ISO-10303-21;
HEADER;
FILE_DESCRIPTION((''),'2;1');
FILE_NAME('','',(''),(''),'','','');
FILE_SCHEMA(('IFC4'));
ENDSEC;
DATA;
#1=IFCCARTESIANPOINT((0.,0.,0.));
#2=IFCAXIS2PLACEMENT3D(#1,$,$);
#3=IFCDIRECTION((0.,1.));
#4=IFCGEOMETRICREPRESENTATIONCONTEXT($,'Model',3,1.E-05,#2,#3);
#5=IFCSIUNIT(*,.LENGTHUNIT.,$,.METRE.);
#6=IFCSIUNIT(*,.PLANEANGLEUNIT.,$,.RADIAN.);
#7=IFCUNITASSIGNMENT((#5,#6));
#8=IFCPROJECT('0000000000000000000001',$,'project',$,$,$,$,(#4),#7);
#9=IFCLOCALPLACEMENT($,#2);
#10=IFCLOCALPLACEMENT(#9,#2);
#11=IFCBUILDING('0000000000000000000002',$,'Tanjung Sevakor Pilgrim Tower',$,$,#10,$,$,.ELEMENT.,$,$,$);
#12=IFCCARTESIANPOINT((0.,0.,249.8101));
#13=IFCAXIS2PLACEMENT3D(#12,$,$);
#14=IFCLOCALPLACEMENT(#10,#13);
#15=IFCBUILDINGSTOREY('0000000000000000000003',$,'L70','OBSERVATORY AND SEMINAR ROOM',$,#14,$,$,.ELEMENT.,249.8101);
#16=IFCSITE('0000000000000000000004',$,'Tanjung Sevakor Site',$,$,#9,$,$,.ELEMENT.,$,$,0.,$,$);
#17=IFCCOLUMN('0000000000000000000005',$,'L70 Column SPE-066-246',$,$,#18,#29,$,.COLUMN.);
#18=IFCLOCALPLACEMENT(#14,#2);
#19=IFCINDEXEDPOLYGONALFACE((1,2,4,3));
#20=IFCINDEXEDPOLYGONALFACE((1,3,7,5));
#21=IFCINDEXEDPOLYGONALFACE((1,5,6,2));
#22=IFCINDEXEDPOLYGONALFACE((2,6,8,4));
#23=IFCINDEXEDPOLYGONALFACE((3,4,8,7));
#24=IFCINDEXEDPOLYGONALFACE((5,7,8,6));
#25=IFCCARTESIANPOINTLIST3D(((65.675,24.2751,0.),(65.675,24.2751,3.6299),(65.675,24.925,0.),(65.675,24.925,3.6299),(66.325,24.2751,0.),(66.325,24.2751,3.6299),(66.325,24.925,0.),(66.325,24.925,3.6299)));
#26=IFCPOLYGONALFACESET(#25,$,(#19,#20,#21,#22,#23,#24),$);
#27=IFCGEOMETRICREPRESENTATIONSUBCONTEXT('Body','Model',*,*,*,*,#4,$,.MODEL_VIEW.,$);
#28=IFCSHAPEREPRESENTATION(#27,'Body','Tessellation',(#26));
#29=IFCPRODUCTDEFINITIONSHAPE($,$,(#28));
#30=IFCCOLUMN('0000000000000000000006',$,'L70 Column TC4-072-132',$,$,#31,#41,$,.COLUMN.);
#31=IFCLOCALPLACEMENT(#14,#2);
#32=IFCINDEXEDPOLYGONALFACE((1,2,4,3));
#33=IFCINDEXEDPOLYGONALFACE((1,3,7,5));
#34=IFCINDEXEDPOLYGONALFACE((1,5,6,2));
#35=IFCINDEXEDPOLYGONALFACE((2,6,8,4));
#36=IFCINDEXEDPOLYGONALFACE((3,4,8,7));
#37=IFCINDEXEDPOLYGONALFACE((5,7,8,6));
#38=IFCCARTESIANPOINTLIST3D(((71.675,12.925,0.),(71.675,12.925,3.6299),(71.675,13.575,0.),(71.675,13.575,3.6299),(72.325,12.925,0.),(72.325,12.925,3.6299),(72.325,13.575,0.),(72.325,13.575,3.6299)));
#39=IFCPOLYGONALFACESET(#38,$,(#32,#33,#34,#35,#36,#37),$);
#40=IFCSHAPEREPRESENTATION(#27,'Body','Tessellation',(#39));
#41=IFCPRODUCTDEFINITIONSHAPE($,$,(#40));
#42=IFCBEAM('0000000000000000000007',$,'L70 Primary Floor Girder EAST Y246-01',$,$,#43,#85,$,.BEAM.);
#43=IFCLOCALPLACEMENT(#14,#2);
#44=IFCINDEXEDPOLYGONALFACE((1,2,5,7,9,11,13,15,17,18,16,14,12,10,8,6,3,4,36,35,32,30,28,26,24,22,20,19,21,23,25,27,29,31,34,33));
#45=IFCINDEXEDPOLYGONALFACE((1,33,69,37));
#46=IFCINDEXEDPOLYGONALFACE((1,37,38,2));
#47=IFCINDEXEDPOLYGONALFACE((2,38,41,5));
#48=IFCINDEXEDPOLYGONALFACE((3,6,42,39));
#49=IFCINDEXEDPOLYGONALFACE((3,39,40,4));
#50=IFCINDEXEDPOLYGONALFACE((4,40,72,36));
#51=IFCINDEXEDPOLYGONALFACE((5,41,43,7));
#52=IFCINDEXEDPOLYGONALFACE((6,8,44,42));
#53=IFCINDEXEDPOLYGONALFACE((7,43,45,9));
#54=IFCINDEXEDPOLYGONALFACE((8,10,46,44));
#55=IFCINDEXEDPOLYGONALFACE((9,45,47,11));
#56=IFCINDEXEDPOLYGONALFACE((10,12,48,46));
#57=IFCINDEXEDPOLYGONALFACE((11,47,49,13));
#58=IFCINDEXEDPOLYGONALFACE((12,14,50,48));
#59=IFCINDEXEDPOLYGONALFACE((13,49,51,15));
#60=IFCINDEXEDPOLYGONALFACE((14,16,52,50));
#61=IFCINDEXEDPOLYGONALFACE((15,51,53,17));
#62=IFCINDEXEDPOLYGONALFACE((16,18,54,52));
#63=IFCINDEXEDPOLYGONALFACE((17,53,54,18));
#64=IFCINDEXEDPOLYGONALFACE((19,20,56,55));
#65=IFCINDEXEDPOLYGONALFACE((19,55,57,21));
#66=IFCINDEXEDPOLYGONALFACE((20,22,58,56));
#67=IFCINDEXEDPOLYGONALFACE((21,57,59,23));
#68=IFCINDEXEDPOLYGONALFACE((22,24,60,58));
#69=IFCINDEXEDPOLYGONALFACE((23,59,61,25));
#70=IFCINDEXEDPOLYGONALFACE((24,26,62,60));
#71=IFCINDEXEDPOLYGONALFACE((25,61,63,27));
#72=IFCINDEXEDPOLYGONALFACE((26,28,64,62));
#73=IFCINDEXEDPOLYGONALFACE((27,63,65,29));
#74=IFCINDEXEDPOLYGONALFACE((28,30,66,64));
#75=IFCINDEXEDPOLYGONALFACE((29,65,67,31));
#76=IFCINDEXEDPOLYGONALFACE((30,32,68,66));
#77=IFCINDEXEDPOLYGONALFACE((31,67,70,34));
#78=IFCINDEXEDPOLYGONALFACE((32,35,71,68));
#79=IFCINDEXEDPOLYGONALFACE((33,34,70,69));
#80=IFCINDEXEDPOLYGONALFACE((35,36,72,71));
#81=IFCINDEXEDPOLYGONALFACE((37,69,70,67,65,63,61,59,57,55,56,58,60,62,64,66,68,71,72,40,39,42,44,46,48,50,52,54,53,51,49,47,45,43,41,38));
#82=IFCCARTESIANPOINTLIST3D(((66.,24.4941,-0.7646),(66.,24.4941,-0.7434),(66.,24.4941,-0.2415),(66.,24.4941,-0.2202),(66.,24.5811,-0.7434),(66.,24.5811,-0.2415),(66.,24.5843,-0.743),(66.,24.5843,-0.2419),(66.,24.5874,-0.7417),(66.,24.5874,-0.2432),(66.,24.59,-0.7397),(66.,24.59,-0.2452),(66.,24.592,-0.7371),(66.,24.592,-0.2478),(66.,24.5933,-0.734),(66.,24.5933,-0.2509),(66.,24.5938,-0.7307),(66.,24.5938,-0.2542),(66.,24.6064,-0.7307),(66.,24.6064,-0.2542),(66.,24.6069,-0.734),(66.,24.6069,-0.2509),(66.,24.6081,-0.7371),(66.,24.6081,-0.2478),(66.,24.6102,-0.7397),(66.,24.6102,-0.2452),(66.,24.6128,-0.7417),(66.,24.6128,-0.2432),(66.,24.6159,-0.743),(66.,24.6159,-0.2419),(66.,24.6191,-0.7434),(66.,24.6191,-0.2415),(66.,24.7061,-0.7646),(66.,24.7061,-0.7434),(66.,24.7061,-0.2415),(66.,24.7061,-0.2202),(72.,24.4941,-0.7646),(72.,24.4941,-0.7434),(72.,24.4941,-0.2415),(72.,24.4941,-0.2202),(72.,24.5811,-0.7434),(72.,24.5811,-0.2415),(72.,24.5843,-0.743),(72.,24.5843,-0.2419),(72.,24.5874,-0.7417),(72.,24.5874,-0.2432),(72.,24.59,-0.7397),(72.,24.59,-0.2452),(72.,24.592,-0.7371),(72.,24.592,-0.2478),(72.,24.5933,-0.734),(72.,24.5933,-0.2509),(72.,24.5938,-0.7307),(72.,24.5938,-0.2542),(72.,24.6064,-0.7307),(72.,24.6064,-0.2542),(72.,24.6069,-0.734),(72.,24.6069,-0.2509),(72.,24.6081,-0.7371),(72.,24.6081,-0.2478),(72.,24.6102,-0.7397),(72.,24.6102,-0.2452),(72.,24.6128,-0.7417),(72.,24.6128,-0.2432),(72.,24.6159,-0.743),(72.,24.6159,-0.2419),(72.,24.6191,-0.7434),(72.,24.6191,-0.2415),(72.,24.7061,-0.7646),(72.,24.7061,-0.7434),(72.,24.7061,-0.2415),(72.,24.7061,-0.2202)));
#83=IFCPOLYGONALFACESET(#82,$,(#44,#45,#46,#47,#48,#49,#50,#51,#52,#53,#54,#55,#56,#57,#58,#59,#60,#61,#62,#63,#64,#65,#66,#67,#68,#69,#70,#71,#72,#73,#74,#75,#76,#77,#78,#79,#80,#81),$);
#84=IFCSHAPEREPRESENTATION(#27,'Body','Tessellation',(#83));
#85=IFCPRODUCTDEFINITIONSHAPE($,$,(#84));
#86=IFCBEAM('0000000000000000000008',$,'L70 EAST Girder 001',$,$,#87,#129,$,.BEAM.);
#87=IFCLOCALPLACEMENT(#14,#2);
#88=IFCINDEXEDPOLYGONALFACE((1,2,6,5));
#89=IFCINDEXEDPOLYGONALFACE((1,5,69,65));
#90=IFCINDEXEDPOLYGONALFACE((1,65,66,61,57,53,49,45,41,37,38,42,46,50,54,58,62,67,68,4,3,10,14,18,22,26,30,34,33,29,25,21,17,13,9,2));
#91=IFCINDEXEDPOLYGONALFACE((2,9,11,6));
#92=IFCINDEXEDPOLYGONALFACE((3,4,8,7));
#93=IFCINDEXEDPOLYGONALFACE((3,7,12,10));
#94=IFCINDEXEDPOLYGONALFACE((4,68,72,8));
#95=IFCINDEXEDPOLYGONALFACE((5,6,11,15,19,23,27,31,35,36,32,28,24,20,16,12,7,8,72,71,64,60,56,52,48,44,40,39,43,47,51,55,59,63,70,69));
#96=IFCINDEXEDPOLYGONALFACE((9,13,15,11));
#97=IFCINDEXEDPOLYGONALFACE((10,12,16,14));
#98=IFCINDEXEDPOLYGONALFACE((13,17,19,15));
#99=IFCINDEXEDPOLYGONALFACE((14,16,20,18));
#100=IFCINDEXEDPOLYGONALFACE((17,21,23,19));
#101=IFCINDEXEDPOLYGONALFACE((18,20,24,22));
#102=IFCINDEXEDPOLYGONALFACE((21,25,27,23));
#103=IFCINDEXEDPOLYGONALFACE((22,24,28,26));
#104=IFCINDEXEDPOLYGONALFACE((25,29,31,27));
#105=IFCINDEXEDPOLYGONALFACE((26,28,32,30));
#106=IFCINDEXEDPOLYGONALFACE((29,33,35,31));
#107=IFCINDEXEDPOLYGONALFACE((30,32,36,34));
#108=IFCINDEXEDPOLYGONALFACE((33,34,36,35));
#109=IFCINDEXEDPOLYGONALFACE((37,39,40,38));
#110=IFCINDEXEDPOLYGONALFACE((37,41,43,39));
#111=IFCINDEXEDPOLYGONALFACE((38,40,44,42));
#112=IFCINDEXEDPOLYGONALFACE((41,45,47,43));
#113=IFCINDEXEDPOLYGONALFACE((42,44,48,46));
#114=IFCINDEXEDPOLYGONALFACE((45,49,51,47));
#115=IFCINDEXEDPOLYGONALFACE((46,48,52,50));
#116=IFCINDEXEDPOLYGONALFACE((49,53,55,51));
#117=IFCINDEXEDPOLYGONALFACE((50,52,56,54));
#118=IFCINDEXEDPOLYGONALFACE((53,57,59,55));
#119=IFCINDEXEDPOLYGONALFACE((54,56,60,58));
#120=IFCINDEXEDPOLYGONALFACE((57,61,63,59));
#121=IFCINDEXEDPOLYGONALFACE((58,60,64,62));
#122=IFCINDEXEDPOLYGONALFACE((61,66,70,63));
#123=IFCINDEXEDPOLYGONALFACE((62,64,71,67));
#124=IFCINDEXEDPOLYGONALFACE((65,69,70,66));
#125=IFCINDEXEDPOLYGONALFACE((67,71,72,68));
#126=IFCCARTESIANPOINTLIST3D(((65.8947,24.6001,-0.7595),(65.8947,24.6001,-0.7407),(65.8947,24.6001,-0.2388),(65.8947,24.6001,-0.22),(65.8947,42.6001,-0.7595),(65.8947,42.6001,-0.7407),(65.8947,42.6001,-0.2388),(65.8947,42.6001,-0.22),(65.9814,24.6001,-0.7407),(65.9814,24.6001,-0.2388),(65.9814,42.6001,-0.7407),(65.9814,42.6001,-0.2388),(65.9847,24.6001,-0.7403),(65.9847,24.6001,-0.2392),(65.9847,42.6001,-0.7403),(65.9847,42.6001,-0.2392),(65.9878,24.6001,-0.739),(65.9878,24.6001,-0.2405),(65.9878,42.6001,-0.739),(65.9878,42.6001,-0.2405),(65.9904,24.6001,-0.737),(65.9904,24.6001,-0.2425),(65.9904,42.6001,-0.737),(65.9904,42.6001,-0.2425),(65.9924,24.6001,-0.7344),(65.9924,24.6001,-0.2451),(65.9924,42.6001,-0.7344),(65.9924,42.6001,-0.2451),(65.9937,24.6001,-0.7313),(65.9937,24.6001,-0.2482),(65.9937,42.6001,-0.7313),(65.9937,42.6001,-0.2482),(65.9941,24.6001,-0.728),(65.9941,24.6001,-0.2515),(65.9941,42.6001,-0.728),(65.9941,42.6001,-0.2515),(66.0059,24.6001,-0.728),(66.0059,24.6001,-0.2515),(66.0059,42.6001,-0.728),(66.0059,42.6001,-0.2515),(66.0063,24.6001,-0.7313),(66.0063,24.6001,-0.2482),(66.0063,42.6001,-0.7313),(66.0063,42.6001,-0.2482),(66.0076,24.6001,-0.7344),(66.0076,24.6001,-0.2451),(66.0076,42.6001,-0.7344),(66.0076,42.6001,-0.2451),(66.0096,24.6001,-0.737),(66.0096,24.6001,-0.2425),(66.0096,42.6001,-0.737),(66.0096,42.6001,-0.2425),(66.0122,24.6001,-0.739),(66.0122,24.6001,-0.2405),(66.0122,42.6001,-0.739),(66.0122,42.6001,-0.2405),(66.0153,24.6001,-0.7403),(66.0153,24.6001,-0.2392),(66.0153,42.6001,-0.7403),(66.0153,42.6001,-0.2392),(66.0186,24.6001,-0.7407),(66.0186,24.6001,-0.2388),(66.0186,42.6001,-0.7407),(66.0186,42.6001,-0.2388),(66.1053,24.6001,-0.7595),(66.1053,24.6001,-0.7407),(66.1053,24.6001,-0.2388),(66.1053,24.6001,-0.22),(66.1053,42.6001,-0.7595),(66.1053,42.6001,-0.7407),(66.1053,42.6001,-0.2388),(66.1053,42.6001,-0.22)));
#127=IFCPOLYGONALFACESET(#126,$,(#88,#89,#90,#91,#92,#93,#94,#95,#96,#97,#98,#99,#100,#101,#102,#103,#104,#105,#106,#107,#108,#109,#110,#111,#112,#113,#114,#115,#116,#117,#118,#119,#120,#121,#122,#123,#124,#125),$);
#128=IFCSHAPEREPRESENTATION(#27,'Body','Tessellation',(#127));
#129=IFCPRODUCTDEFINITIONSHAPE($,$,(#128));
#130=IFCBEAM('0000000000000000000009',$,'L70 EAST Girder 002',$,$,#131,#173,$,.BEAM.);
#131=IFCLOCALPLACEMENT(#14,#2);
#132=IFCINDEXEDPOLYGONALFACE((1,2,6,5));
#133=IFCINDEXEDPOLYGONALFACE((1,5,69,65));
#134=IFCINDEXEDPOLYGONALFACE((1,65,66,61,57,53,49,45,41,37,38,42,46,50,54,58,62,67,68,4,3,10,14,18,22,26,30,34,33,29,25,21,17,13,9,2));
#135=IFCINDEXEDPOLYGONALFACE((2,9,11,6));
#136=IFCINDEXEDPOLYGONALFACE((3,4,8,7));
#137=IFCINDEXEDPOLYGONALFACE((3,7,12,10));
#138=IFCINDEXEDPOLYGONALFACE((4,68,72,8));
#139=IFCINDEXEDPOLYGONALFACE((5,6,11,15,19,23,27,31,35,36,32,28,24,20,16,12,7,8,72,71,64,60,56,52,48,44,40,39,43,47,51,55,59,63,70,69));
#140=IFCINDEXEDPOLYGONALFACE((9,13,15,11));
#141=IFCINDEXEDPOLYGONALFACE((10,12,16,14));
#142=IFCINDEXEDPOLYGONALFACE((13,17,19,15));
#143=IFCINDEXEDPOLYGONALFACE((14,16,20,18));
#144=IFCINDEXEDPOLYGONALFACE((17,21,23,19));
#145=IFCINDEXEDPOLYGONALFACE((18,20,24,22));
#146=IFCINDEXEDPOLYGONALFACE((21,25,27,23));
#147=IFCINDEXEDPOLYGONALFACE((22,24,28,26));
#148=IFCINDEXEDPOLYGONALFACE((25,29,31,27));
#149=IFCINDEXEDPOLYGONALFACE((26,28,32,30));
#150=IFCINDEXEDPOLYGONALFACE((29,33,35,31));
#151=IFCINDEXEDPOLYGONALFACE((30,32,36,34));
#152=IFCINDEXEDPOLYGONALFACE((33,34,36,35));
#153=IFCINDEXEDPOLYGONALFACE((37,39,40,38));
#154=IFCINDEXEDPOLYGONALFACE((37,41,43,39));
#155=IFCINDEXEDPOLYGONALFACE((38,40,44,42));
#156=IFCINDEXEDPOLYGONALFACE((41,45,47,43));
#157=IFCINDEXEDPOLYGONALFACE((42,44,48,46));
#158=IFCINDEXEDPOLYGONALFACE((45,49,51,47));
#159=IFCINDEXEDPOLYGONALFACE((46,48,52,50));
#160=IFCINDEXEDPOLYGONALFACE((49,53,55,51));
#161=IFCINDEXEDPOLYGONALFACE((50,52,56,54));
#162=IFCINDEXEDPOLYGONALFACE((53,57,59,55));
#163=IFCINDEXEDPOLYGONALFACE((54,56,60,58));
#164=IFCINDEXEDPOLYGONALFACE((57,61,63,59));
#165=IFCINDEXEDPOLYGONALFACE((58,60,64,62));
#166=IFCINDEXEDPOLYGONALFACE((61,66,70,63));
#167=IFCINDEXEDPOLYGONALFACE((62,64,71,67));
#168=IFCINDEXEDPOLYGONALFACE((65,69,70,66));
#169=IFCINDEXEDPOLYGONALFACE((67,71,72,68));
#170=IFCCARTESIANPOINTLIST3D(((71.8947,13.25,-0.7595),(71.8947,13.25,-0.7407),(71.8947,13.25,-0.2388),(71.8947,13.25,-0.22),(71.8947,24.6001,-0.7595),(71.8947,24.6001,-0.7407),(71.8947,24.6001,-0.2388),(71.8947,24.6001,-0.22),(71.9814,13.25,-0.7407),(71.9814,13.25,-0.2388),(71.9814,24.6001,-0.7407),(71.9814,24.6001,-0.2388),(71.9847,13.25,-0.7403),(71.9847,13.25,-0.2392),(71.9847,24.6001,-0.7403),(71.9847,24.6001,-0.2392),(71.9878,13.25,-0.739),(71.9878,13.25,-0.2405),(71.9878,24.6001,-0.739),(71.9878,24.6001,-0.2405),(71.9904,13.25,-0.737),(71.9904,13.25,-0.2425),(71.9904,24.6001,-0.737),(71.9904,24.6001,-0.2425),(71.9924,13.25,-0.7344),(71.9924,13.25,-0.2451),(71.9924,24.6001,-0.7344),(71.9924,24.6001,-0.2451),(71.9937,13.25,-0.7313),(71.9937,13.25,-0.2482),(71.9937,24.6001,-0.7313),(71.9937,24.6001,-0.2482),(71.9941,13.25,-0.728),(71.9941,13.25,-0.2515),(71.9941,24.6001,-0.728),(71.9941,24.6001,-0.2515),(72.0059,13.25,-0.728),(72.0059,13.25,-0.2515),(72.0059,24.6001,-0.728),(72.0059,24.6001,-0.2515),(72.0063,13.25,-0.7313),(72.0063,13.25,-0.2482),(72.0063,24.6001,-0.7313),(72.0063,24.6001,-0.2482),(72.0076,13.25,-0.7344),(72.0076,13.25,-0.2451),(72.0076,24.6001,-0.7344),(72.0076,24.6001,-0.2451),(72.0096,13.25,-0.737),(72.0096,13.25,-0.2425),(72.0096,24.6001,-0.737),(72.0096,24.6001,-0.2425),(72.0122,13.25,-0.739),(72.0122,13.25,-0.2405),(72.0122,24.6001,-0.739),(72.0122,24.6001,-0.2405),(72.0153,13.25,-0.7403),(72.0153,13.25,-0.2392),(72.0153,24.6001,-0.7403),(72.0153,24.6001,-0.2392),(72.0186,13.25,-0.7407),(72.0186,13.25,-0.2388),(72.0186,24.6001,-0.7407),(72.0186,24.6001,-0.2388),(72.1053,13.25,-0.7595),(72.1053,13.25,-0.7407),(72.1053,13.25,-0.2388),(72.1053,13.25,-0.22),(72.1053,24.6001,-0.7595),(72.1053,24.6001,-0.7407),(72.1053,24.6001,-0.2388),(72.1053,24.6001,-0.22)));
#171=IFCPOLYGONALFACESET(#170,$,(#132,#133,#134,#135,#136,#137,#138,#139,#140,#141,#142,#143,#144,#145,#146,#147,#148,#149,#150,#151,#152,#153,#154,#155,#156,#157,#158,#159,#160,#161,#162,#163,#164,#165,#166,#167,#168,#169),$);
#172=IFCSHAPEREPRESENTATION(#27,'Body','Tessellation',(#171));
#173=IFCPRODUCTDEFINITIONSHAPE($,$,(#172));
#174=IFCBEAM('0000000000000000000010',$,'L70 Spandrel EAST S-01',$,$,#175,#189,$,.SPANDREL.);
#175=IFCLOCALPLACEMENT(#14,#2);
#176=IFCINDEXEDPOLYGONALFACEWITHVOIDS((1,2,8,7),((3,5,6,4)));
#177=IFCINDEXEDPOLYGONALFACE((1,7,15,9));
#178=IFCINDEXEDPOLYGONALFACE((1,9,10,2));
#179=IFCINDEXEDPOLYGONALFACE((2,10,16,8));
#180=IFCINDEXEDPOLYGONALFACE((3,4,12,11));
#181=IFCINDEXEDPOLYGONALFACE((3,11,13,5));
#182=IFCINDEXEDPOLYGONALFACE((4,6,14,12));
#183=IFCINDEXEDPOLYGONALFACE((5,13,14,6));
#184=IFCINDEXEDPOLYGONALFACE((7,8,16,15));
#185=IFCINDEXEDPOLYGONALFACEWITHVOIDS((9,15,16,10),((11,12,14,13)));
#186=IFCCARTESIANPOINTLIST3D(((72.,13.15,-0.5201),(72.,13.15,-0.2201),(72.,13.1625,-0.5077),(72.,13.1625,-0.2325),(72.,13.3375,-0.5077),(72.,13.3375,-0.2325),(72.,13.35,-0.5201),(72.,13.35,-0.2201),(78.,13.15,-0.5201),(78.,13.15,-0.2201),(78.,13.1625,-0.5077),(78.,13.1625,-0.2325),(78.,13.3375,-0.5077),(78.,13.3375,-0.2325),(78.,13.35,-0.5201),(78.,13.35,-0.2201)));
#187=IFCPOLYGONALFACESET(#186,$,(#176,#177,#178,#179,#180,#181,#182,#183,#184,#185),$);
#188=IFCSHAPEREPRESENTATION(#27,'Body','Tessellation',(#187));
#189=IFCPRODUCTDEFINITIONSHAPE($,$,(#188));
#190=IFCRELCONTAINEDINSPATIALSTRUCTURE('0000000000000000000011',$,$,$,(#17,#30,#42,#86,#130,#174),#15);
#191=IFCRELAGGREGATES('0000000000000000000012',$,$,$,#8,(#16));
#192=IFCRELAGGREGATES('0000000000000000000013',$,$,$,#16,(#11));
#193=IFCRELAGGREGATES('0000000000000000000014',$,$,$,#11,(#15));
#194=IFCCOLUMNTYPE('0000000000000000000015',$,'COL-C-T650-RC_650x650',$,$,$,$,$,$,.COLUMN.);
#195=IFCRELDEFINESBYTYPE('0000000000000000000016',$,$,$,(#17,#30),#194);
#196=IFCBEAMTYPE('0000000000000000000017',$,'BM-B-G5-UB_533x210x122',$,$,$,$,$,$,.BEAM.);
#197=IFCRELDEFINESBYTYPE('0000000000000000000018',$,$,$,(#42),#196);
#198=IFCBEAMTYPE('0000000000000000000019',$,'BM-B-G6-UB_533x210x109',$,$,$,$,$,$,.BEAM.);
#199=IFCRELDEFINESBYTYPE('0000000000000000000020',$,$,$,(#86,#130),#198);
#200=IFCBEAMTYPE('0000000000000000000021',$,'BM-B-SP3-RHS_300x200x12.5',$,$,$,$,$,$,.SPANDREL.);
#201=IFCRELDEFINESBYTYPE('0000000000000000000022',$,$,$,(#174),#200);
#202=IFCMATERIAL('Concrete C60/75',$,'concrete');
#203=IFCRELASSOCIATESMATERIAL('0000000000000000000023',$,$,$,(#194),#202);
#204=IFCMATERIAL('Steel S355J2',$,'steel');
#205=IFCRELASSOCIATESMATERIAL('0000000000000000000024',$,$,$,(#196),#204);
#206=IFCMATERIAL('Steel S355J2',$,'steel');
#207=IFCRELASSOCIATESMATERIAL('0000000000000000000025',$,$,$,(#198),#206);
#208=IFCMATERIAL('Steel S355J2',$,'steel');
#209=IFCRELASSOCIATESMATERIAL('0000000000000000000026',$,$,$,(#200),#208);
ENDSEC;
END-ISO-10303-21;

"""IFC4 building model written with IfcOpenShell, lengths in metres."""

from ifc_helpers import new_model, si_unit, direction, frame, origin, origin_2d, place, context, subcontext, project, spatial, rectangle, hollow_rectangle, i_section, extrude, material, material_profile, profile_set, type_object, element, save


model = new_model("IFC4")

# Units and contexts
model_context = context("Model", 3, precision=1e-05, world=origin(), true_north=direction((0.0, 1.0)))
body_context = subcontext(model_context, "Body", "Model", "MODEL_VIEW")
ifc_project = project(units=[si_unit("LENGTHUNIT", "METRE"), si_unit("PLANEANGLEUNIT", "RADIAN")], contexts=[model_context])

# Site, building, storey
site_placement = place(None, origin())
site = spatial("IfcSite", under=ifc_project, at=site_placement, Name="Tanjung Sevakor Site", CompositionType="ELEMENT", RefElevation=0.0)
building_placement = place(site_placement, origin())
building = spatial("IfcBuilding", under=site, at=building_placement, Name="Tanjung Sevakor Pilgrim Tower", CompositionType="ELEMENT")
storey_placement = place(building_placement, frame((0.0, 0.0, 249.8101)))
storey = spatial("IfcBuildingStorey", under=building, at=storey_placement, Name="L70", Description="OBSERVATORY AND SEMINAR ROOM", CompositionType="ELEMENT", Elevation=249.8101)

# Columns
ifc_material_1 = material(Name="Concrete C60/75", Category="concrete")
ifc_material_profile_1 = material_profile(ifc_material_1, rectangle(XDim=0.6499, YDim=0.6499, at=origin_2d()))
ifc_profile_set_1 = profile_set([ifc_material_profile_1], Name="Concrete C60/75")
column_type = type_object("IfcColumnType", Name="COL-C-T650-RC_650x650", PredefinedType="COLUMN", material=ifc_profile_set_1)
for number, where, z_axis, x_axis, name in (
    (1, (66.0, 24.6001, 0.0), (0.0, 0.0, 1.0), (1.0, 0.0, 0.0), "L70 Column SPE-066-246"),
    (2, (72.0, 13.25, 0.0), (0.0, 0.0, 1.0), (1.0, 0.0, 0.0), "L70 Column TC4-072-132"),
):
    element("IfcColumn", number, at=place(storey_placement, frame(where, z_axis=z_axis, x_axis=x_axis)), inside=storey, type_object=column_type, Name=name, PredefinedType="COLUMN", context=body_context, shape_type="SweptSolid", body=[
        extrude(rectangle(XDim=0.6499, YDim=0.6499, at=origin_2d()), origin(), (0.0, 0.0, 1.0), 3.6299),
    ])

# Beams
ifc_material_2 = material(Name="Steel S355J2", Category="steel")
ifc_material_profile_2 = material_profile(ifc_material_2, i_section(OverallWidth=0.2119, OverallDepth=0.5444, WebThickness=0.0127, FlangeThickness=0.0212, FilletRadius=0.0127, at=origin_2d()))
ifc_profile_set_2 = profile_set([ifc_material_profile_2], Name="Steel S355J2")
beam_type_1 = type_object("IfcBeamType", Name="BM-B-G5-UB_533x210x122", PredefinedType="BEAM", material=ifc_profile_set_2)
beam_1_placement = place(storey_placement, frame((66.0, 24.6001, -0.4924), z_axis=(1.0, 0.0, 0.0), x_axis=(0.0, 1.0, 0.0)))
element("IfcBeam", 3, at=beam_1_placement, inside=storey, type_object=beam_type_1, Name="L70 Primary Floor Girder EAST Y246-01", PredefinedType="BEAM", context=body_context, shape_type="SweptSolid", body=[
    extrude(i_section(OverallWidth=0.2119, OverallDepth=0.5444, WebThickness=0.0127, FlangeThickness=0.0212, FilletRadius=0.0127, at=origin_2d()), origin(), (0.0, 0.0, 1.0), 6.0),
])
ifc_material_3 = material(Name="Steel S355J2", Category="steel")
ifc_material_profile_3 = material_profile(ifc_material_3, i_section(OverallWidth=0.2107, OverallDepth=0.5396, WebThickness=0.0117, FlangeThickness=0.0188, FilletRadius=0.0127, at=origin_2d()))
ifc_profile_set_3 = profile_set([ifc_material_profile_3], Name="Steel S355J2")
beam_type_2 = type_object("IfcBeamType", Name="BM-B-G6-UB_533x210x109", PredefinedType="BEAM", material=ifc_profile_set_3)
beam_2_placement = place(storey_placement, frame((66.0, 24.6001, -0.4897), z_axis=(0.0, 1.0, 0.0), x_axis=(-1.0, 0.0, 0.0)))
element("IfcBeam", 4, at=beam_2_placement, inside=storey, type_object=beam_type_2, Name="L70 EAST Girder 001", PredefinedType="BEAM", context=body_context, shape_type="SweptSolid", body=[
    extrude(i_section(OverallWidth=0.2107, OverallDepth=0.5396, WebThickness=0.0117, FlangeThickness=0.0188, FilletRadius=0.0127, at=origin_2d()), origin(), (0.0, 0.0, 1.0), 18.0),
])
beam_3_placement = place(storey_placement, frame((72.0, 13.25, -0.4897), z_axis=(0.0, 1.0, 0.0), x_axis=(-1.0, 0.0, 0.0)))
element("IfcBeam", 5, at=beam_3_placement, inside=storey, type_object=beam_type_2, Name="L70 EAST Girder 002", PredefinedType="BEAM", context=body_context, shape_type="SweptSolid", body=[
    extrude(i_section(OverallWidth=0.2107, OverallDepth=0.5396, WebThickness=0.0117, FlangeThickness=0.0188, FilletRadius=0.0127, at=origin_2d()), origin(), (0.0, 0.0, 1.0), 11.3501),
])
ifc_material_4 = material(Name="Steel S355J2", Category="steel")
ifc_material_profile_4 = material_profile(ifc_material_4, hollow_rectangle(XDim=0.2, YDim=0.3, WallThickness=0.0125, at=origin_2d()))
ifc_profile_set_4 = profile_set([ifc_material_profile_4], Name="Steel S355J2")
beam_type_3 = type_object("IfcBeamType", Name="BM-B-SP3-RHS_300x200x12.5", PredefinedType="SPANDREL", material=ifc_profile_set_4)
beam_4_placement = place(storey_placement, frame((72.0, 13.25, -0.3701), z_axis=(1.0, 0.0, 0.0), x_axis=(0.0, 1.0, 0.0)))
element("IfcBeam", 6, at=beam_4_placement, inside=storey, type_object=beam_type_3, Name="L70 Spandrel EAST S-01", PredefinedType="SPANDREL", context=body_context, shape_type="SweptSolid", body=[
    extrude(hollow_rectangle(XDim=0.2, YDim=0.3, WallThickness=0.0125, at=origin_2d()), origin(), (0.0, 0.0, 1.0), 6.0),
])

save(model, "model.ifc")
